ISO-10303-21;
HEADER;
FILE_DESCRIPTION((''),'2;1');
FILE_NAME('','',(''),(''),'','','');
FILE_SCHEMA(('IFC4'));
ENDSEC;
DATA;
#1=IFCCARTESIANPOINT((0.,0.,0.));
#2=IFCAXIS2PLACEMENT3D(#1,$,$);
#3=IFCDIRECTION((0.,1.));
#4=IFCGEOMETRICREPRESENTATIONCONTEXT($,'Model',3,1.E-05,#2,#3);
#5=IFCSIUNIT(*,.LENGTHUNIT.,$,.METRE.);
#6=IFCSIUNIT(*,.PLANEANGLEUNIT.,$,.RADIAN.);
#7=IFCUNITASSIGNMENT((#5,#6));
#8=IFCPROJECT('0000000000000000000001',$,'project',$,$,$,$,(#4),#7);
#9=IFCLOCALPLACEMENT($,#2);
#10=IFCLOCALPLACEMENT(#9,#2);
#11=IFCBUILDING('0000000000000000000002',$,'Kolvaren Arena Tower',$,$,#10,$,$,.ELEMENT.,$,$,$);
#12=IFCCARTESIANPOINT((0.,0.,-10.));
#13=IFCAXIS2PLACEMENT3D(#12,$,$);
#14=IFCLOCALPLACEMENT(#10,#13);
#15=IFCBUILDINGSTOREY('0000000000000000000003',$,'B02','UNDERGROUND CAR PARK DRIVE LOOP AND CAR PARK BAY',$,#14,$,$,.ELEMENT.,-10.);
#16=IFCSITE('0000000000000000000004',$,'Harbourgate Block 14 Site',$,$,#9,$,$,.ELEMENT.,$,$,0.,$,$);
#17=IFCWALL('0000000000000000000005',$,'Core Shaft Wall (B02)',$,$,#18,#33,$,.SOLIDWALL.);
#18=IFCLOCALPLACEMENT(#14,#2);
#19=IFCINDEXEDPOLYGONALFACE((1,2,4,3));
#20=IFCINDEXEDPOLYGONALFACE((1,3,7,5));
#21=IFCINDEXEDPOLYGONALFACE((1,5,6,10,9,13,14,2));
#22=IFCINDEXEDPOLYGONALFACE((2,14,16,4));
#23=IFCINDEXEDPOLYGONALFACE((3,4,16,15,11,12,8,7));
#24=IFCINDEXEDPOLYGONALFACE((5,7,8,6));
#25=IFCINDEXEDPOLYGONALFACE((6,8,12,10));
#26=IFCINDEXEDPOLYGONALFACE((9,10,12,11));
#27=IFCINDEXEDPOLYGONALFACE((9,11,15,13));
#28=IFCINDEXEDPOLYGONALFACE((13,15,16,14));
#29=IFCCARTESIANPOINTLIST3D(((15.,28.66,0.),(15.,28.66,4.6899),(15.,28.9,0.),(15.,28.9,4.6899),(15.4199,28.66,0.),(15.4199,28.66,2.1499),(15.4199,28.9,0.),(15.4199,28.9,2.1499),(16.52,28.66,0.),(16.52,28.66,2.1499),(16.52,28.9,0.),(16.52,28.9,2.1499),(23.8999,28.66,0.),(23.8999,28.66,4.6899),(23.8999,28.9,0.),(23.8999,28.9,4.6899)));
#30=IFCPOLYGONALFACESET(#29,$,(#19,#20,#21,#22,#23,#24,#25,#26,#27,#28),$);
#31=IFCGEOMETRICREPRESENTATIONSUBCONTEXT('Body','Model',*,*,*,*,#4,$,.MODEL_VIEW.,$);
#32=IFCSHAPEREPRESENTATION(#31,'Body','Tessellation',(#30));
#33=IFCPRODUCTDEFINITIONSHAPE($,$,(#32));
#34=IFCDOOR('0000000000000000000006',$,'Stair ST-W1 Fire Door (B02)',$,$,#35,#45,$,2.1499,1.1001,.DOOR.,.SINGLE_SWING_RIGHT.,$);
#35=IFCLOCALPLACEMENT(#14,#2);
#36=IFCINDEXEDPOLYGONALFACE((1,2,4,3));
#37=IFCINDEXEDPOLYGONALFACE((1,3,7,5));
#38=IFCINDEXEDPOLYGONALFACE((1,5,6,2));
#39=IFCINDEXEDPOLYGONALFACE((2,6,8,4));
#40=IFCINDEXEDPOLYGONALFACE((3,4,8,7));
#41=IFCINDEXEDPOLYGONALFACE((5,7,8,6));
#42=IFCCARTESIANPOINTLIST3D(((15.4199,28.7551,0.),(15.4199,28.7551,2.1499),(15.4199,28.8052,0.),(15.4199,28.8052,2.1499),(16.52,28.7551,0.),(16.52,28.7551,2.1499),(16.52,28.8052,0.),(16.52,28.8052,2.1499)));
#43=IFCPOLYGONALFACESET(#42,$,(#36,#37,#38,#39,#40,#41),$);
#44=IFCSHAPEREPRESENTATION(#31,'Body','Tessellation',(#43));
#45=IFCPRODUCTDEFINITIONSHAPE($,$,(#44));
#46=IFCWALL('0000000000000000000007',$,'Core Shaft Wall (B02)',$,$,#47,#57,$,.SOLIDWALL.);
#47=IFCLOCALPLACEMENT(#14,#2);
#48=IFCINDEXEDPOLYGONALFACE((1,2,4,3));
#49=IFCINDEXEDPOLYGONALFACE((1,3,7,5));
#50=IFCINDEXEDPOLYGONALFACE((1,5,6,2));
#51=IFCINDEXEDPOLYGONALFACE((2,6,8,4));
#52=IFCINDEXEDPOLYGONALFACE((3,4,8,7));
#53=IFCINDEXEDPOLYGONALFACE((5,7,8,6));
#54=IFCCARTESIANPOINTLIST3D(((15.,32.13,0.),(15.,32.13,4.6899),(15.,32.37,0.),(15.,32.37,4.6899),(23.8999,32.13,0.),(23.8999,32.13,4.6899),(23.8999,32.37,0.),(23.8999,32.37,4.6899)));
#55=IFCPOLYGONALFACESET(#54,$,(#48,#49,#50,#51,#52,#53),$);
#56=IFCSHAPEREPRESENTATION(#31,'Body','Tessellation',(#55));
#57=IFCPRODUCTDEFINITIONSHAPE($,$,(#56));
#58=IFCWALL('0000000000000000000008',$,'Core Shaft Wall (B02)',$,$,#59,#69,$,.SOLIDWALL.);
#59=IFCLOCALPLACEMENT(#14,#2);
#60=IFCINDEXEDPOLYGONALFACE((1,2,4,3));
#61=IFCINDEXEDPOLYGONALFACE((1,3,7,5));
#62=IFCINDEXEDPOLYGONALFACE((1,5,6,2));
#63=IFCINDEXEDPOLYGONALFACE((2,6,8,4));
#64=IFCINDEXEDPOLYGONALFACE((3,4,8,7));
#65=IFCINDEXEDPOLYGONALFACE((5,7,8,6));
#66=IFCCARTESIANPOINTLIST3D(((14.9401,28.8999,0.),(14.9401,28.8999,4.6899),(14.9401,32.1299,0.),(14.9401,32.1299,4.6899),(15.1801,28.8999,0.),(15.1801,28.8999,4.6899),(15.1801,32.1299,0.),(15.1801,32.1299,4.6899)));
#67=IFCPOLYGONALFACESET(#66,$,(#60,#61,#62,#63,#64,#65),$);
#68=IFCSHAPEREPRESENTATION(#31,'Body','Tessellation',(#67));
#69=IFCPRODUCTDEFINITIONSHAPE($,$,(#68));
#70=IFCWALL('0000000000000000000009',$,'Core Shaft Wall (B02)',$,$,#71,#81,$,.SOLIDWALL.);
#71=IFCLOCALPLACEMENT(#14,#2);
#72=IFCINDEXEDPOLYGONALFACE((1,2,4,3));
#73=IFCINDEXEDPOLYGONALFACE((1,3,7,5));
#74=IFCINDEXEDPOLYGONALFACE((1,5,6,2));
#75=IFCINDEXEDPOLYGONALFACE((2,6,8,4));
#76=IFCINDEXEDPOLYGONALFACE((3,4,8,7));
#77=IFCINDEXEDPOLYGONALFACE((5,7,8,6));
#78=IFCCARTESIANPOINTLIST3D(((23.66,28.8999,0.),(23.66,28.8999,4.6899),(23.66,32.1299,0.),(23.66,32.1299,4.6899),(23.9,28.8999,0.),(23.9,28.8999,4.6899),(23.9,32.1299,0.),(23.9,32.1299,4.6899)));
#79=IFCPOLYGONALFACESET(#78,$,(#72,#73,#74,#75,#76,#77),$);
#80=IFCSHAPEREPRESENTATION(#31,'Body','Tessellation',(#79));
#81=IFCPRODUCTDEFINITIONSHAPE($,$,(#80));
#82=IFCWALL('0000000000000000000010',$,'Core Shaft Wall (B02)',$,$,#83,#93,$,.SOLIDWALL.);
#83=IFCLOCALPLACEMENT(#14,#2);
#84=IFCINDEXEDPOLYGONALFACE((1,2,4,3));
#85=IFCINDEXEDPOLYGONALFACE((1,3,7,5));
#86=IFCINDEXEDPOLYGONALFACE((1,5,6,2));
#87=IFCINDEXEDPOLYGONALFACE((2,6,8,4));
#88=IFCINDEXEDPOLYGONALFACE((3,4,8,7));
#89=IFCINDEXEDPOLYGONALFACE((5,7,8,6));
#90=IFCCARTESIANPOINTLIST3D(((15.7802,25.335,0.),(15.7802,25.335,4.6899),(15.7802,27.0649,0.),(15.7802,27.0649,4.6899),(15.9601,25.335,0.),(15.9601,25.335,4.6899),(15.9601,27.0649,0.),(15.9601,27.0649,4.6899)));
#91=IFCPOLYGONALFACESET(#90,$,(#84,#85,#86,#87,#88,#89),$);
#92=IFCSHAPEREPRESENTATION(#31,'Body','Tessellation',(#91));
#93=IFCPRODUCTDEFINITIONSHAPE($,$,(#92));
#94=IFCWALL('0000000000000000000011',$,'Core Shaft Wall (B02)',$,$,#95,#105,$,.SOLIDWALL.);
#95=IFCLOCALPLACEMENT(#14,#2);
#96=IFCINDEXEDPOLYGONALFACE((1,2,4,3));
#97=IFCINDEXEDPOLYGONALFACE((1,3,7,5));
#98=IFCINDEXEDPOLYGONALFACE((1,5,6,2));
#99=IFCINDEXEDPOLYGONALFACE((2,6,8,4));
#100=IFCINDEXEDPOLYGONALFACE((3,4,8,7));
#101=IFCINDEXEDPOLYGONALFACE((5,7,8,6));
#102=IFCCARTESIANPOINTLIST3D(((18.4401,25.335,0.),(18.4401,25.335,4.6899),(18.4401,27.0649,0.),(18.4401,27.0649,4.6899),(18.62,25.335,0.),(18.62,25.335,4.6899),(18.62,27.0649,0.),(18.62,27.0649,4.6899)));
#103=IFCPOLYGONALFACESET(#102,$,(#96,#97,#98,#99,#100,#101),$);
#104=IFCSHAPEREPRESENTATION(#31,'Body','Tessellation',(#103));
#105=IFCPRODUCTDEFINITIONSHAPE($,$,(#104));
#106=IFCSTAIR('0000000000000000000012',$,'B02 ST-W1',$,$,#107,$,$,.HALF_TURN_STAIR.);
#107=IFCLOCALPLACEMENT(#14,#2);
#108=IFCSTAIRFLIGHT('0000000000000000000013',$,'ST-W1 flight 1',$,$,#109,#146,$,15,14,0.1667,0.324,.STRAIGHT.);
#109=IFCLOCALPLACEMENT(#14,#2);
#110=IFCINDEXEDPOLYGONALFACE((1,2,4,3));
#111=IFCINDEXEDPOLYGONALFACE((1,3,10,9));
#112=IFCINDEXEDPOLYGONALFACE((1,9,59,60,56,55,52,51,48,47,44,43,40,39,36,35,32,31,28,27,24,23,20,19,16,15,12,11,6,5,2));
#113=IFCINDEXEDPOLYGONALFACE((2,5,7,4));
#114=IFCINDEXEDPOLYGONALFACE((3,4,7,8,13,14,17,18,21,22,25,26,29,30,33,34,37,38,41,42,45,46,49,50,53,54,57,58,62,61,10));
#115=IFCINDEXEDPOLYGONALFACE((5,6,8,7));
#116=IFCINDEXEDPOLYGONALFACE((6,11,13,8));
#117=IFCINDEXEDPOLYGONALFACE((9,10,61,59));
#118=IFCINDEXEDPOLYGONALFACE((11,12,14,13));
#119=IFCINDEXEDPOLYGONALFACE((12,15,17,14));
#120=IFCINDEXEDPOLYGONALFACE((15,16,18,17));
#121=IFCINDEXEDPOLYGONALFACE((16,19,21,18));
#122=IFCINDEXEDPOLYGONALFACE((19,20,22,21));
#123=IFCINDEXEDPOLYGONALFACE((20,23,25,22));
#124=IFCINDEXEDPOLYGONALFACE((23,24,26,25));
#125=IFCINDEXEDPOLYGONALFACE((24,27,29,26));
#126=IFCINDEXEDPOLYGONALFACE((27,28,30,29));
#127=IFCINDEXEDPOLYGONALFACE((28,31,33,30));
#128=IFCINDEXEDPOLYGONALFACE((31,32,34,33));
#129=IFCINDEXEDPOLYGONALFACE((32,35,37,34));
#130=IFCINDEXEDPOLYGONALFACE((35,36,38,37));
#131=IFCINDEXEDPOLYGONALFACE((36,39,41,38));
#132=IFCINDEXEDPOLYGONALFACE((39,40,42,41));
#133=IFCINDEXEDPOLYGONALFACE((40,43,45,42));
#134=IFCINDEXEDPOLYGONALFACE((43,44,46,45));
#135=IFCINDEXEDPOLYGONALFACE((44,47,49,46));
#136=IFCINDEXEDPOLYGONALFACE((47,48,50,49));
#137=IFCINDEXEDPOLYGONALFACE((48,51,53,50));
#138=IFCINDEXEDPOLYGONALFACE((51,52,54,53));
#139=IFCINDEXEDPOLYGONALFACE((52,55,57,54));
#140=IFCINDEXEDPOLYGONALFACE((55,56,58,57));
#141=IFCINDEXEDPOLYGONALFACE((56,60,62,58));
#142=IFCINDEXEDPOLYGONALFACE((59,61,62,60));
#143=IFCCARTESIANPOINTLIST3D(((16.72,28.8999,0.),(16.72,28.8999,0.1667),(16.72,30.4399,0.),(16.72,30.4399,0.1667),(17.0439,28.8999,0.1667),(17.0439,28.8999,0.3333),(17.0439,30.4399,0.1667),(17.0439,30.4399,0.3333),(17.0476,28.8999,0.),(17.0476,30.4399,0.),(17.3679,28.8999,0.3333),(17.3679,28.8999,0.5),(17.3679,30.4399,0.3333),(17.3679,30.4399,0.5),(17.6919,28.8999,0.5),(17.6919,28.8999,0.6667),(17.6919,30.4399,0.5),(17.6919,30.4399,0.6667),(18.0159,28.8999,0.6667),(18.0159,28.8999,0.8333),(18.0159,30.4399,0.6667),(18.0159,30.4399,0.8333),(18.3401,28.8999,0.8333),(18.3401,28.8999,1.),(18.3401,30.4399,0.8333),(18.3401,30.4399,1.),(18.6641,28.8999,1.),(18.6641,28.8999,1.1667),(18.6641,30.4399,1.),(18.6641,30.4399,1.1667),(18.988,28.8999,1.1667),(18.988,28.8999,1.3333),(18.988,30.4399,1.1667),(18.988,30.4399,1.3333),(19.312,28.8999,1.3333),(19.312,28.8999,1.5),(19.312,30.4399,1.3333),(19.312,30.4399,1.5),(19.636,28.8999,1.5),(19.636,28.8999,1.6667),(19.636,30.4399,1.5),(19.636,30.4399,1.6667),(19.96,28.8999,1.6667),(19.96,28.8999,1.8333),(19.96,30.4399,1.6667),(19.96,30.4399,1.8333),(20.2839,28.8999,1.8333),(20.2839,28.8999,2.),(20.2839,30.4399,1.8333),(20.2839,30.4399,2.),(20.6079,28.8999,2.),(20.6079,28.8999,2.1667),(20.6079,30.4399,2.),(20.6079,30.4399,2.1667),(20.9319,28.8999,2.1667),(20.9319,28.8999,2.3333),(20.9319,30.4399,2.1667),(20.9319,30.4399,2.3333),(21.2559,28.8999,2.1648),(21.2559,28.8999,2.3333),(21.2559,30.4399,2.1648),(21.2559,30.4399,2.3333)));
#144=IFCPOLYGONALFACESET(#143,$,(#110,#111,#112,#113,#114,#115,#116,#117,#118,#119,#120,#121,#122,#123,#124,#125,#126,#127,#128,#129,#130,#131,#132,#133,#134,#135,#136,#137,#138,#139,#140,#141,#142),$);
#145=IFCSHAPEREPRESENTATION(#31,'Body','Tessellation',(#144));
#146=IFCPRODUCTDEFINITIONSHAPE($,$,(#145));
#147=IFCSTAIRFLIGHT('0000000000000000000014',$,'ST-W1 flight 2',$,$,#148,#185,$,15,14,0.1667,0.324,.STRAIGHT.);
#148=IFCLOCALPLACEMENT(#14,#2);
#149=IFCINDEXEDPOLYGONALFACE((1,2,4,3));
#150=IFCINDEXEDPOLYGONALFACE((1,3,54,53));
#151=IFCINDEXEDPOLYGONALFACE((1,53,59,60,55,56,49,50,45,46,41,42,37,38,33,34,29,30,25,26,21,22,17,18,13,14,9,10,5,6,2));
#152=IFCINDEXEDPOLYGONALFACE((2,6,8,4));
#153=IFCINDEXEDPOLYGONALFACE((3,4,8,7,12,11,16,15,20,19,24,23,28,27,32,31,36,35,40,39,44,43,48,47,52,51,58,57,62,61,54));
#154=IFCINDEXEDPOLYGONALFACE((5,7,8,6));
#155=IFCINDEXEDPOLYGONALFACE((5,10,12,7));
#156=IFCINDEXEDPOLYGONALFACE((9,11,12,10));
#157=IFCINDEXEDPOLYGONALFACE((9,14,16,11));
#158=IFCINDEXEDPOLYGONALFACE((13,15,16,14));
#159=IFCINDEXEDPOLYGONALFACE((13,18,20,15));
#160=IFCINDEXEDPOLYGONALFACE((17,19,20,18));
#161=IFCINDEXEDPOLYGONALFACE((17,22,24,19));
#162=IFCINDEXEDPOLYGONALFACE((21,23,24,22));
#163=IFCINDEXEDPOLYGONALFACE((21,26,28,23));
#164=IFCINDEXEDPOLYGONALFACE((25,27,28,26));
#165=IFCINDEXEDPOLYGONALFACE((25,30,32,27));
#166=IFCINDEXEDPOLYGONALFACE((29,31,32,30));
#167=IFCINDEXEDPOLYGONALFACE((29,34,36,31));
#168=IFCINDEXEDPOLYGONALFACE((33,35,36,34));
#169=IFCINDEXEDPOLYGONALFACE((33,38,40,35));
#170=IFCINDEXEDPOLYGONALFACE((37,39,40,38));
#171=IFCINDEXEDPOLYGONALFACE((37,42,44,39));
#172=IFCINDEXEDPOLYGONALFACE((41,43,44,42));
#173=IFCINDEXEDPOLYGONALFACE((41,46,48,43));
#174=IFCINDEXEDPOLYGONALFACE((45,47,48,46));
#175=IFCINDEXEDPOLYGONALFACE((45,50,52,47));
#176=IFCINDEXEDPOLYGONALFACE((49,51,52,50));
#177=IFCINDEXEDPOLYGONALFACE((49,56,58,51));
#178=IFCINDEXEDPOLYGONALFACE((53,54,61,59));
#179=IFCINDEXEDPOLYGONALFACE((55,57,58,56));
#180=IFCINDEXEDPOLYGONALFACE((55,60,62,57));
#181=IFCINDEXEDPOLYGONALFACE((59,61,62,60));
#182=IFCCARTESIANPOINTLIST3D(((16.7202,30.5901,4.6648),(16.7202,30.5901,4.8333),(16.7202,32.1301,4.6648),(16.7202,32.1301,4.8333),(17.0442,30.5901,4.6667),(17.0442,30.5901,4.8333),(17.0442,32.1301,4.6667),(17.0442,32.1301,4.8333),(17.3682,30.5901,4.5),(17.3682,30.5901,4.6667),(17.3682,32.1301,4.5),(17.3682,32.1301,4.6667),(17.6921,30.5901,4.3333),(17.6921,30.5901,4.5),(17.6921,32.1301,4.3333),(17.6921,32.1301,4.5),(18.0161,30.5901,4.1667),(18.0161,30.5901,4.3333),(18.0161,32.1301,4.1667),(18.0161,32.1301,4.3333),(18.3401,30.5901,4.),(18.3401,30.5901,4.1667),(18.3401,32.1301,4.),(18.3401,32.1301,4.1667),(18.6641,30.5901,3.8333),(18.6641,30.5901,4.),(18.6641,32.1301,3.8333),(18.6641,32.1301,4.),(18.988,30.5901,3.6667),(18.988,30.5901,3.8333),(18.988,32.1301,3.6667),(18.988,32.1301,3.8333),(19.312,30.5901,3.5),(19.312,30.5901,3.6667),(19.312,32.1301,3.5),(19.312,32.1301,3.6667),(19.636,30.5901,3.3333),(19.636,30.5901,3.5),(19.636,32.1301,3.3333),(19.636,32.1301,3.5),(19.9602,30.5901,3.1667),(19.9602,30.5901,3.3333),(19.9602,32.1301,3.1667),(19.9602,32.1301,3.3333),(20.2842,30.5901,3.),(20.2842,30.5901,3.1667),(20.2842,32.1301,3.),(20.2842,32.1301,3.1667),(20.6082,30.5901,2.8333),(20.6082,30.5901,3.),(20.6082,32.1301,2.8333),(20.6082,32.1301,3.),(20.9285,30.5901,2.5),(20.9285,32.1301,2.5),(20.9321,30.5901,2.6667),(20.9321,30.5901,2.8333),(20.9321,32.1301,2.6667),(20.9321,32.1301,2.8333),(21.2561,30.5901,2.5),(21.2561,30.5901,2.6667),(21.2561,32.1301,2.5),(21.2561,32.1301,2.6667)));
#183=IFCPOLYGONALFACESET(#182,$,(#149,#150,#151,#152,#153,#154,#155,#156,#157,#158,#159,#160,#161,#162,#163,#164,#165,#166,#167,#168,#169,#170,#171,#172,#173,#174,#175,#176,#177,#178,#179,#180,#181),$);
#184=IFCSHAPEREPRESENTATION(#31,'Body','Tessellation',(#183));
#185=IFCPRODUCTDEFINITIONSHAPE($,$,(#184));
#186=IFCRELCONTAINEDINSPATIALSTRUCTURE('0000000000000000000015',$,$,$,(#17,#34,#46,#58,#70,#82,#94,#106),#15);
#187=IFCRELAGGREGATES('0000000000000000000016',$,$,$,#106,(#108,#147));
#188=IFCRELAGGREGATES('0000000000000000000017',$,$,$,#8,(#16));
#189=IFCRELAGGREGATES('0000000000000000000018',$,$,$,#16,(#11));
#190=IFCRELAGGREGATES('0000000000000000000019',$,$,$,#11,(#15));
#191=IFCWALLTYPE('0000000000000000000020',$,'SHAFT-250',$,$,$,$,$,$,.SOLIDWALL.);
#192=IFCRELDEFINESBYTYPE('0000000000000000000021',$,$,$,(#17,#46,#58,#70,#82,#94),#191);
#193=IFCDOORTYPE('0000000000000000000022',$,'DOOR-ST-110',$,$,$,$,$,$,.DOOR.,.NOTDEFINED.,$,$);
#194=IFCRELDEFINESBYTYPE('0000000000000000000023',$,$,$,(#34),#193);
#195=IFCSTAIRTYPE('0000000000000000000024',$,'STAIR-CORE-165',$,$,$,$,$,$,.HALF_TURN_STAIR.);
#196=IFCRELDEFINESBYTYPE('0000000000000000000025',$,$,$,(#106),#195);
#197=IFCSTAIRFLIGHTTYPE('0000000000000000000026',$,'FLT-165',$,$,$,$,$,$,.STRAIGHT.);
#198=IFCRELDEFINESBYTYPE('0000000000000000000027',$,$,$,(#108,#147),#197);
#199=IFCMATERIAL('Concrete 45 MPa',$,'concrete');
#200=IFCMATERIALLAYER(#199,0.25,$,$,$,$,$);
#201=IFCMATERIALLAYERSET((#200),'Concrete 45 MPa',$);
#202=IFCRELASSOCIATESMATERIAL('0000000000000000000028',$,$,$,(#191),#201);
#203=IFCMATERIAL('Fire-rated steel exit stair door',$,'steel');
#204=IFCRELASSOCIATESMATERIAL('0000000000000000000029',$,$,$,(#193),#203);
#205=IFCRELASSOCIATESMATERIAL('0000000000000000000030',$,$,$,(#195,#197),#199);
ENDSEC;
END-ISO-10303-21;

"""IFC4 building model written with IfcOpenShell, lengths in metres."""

from ifc_helpers import new_model, si_unit, direction, frame, frame_2d, origin, place, context, subcontext, project, spatial, polyline, rectangle, outline, extrude, material, layer, layer_set, type_object, element, fill, aggregate, save


model = new_model("IFC4")

# Units and contexts
model_context = context("Model", 3, precision=1e-05, world=origin(), true_north=direction((0.0, 1.0)))
body_context = subcontext(model_context, "Body", "Model", "MODEL_VIEW")
ifc_project = project(units=[si_unit("LENGTHUNIT", "METRE"), si_unit("PLANEANGLEUNIT", "RADIAN")], contexts=[model_context])

# Site, building, storey
site_placement = place(None, origin())
site = spatial("IfcSite", under=ifc_project, at=site_placement, Name="Harbourgate Block 14 Site", CompositionType="ELEMENT", RefElevation=0.0)
building_placement = place(site_placement, origin())
building = spatial("IfcBuilding", under=site, at=building_placement, Name="Kolvaren Arena Tower", CompositionType="ELEMENT")
storey_placement = place(building_placement, frame((0.0, 0.0, -10.0)))
storey = spatial("IfcBuildingStorey", under=building, at=storey_placement, Name="B02", Description="UNDERGROUND CAR PARK DRIVE LOOP AND CAR PARK BAY", CompositionType="ELEMENT", Elevation=-10.0)

# Wall, opening, door
ifc_material_1 = material(Name="Concrete 45 MPa", Category="concrete")
ifc_layer_1 = layer(ifc_material_1, 0.25)
ifc_layer_set_1 = layer_set([ifc_layer_1], Name="Concrete 45 MPa")
wall_type_1 = type_object("IfcWallType", Name="SHAFT-250", PredefinedType="SOLIDWALL", material=ifc_layer_set_1)
wall_1_placement = place(storey_placement, frame((23.8999, 28.78, 0.0), z_axis=(0.0, 0.0, 1.0), x_axis=(-1.0, 0.0, 0.0)))
wall_1 = element("IfcWall", 1, at=wall_1_placement, inside=storey, type_object=wall_type_1, Name="Core Shaft Wall (B02)", PredefinedType="SOLIDWALL", context=body_context, shape_type="SweptSolid", body=[
    extrude(rectangle(XDim=8.8999, YDim=0.24, at=frame_2d((4.45, 0.0))), origin(), (0.0, 0.0, 1.0), 4.6899),
])
opening_placement = place(wall_1_placement, frame((7.3799, 0.0, 0.0)))
opening = element("IfcOpeningElement", 2, at=opening_placement, cuts=wall_1, PredefinedType="OPENING", context=body_context, shape_type="SweptSolid", body=[
    extrude(rectangle(XDim=1.1001, YDim=2.1499, at=frame_2d((0.55, 1.075))), frame((0.0, 0.1299, 0.0), z_axis=(0.0, -1.0, 0.0), x_axis=(1.0, 0.0, 0.0)), (0.0, 0.0, 1.0), 0.26),
])
ifc_material_2 = material(Name="Fire-rated steel exit stair door", Category="steel")
door_type = type_object("IfcDoorType", Name="DOOR-ST-110", OperationType="NOTDEFINED", PredefinedType="DOOR", material=ifc_material_2)
door_placement = place(opening_placement, origin())
door = element("IfcDoor", 3, at=door_placement, inside=storey, type_object=door_type, Name="Stair ST-W1 Fire Door (B02)", OperationType="SINGLE_SWING_RIGHT", OverallHeight=2.1499, OverallWidth=1.1001, PredefinedType="DOOR", context=body_context, shape_type="SweptSolid", body=[
    extrude(rectangle(XDim=1.1001, YDim=2.1499, at=frame_2d((0.55, 1.075))), frame((0.0, 0.0249, 0.0), z_axis=(0.0, -1.0, 0.0), x_axis=(1.0, 0.0, 0.0)), (0.0, 0.0, 1.0), 0.05),
])
fill(opening, door)

# Walls
wall_2_placement = place(storey_placement, frame((15.0, 32.25, 0.0), z_axis=(0.0, 0.0, 1.0), x_axis=(1.0, 0.0, 0.0)))
element("IfcWall", 4, at=wall_2_placement, inside=storey, type_object=wall_type_1, Name="Core Shaft Wall (B02)", PredefinedType="SOLIDWALL", context=body_context, shape_type="SweptSolid", body=[
    extrude(rectangle(XDim=8.8999, YDim=0.24, at=frame_2d((4.45, 0.0))), origin(), (0.0, 0.0, 1.0), 4.6899),
])
for number, where, z_axis, x_axis, name in (
    (5, (15.0601, 28.8999, 0.0), (0.0, 0.0, 1.0), (0.0, 1.0, 0.0), "Core Shaft Wall (B02)"),
    (6, (23.78, 28.8999, 0.0), (0.0, 0.0, 1.0), (0.0, 1.0, 0.0), "Core Shaft Wall (B02)"),
):
    element("IfcWall", number, at=place(storey_placement, frame(where, z_axis=z_axis, x_axis=x_axis)), inside=storey, type_object=wall_type_1, Name=name, PredefinedType="SOLIDWALL", context=body_context, shape_type="SweptSolid", body=[
        extrude(rectangle(XDim=3.23, YDim=0.24, at=frame_2d((1.615, 0.0))), origin(), (0.0, 0.0, 1.0), 4.6899),
    ])
for number, where, z_axis, x_axis, name in (
    (7, (15.8701, 25.335, 0.0), (0.0, 0.0, 1.0), (0.0, 1.0, 0.0), "Core Shaft Wall (B02)"),
    (8, (18.53, 25.335, 0.0), (0.0, 0.0, 1.0), (0.0, 1.0, 0.0), "Core Shaft Wall (B02)"),
):
    element("IfcWall", number, at=place(storey_placement, frame(where, z_axis=z_axis, x_axis=x_axis)), inside=storey, type_object=wall_type_1, Name=name, PredefinedType="SOLIDWALL", context=body_context, shape_type="SweptSolid", body=[
        extrude(rectangle(XDim=1.73, YDim=0.1799, at=frame_2d((0.865, 0.0))), origin(), (0.0, 0.0, 1.0), 4.6899),
    ])

# Stair, stair flights
stair_type = type_object("IfcStairType", Name="STAIR-CORE-165", PredefinedType="HALF_TURN_STAIR", material=ifc_material_1)
stair_placement = place(storey_placement, origin())
stair = element("IfcStair", 9, at=stair_placement, inside=storey, type_object=stair_type, Name="B02 ST-W1", PredefinedType="HALF_TURN_STAIR")
stair_flight_type = type_object("IfcStairFlightType", Name="FLT-165", PredefinedType="STRAIGHT", material=ifc_material_1)
stair_flight_1_placement = place(storey_placement, frame((16.72, 29.6699, 0.0), z_axis=(0.0, 0.0, 1.0), x_axis=(1.0, 0.0, 0.0)))
stair_flight_1 = element("IfcStairFlight", 10, at=stair_flight_1_placement, type_object=stair_flight_type, Name="ST-W1 flight 1", NumberOfRisers=15, NumberOfTreads=14, PredefinedType="STRAIGHT", RiserHeight=0.1667, TreadLength=0.324, context=body_context, shape_type="SweptSolid", body=[
    extrude(outline(polyline([(0.0, 0.0), (0.0, 0.1667), (0.324, 0.1667), (0.324, 0.3333), (0.6479, 0.3333), (0.6479, 0.5), (0.9719, 0.5), (0.9719, 0.6667), (1.2959, 0.6667), (1.2959, 0.8333), (1.6201, 0.8333), (1.6201, 1.0), (1.9441, 1.0), (1.9441, 1.1667), (2.2681, 1.1667), (2.2681, 1.3333), (2.592, 1.3333), (2.592, 1.5), (2.916, 1.5), (2.916, 1.6667), (3.24, 1.6667), (3.24, 1.8333), (3.564, 1.8333), (3.564, 2.0), (3.8879, 2.0), (3.8879, 2.1667), (4.2119, 2.1667), (4.2119, 2.3333), (4.5359, 2.3333), (4.5359, 2.5), (4.5359, 2.1648), (0.3276, 0.0), (0.0, 0.0)])), frame((0.0, 0.77, 0.0), z_axis=(0.0, -1.0, 0.0), x_axis=(1.0, 0.0, 0.0)), (0.0, 0.0, 1.0), 1.54),
])
stair_flight_2_placement = place(storey_placement, frame((21.2561, 31.3601, 2.5), z_axis=(0.0, 0.0, 1.0), x_axis=(-1.0, 0.0, 0.0)))
stair_flight_2 = element("IfcStairFlight", 11, at=stair_flight_2_placement, type_object=stair_flight_type, Name="ST-W1 flight 2", NumberOfRisers=15, NumberOfTreads=14, PredefinedType="STRAIGHT", RiserHeight=0.1667, TreadLength=0.324, context=body_context, shape_type="SweptSolid", body=[
    extrude(outline(polyline([(0.0, 0.0), (0.0, 0.1667), (0.324, 0.1667), (0.324, 0.3333), (0.6479, 0.3333), (0.6479, 0.5), (0.9719, 0.5), (0.9719, 0.6667), (1.2959, 0.6667), (1.2959, 0.8333), (1.6201, 0.8333), (1.6201, 1.0), (1.9441, 1.0), (1.9441, 1.1667), (2.2681, 1.1667), (2.2681, 1.3333), (2.592, 1.3333), (2.592, 1.5), (2.916, 1.5), (2.916, 1.6667), (3.24, 1.6667), (3.24, 1.8333), (3.564, 1.8333), (3.564, 2.0), (3.8879, 2.0), (3.8879, 2.1667), (4.2119, 2.1667), (4.2119, 2.3333), (4.5359, 2.3333), (4.5359, 2.5), (4.5359, 2.1648), (0.3276, 0.0), (0.0, 0.0)])), frame((0.0, 0.77, 0.0), z_axis=(0.0, -1.0, 0.0), x_axis=(1.0, 0.0, 0.0)), (0.0, 0.0, 1.0), 1.54),
])
aggregate(stair, [stair_flight_1, stair_flight_2])

save(model, "model.ifc")
